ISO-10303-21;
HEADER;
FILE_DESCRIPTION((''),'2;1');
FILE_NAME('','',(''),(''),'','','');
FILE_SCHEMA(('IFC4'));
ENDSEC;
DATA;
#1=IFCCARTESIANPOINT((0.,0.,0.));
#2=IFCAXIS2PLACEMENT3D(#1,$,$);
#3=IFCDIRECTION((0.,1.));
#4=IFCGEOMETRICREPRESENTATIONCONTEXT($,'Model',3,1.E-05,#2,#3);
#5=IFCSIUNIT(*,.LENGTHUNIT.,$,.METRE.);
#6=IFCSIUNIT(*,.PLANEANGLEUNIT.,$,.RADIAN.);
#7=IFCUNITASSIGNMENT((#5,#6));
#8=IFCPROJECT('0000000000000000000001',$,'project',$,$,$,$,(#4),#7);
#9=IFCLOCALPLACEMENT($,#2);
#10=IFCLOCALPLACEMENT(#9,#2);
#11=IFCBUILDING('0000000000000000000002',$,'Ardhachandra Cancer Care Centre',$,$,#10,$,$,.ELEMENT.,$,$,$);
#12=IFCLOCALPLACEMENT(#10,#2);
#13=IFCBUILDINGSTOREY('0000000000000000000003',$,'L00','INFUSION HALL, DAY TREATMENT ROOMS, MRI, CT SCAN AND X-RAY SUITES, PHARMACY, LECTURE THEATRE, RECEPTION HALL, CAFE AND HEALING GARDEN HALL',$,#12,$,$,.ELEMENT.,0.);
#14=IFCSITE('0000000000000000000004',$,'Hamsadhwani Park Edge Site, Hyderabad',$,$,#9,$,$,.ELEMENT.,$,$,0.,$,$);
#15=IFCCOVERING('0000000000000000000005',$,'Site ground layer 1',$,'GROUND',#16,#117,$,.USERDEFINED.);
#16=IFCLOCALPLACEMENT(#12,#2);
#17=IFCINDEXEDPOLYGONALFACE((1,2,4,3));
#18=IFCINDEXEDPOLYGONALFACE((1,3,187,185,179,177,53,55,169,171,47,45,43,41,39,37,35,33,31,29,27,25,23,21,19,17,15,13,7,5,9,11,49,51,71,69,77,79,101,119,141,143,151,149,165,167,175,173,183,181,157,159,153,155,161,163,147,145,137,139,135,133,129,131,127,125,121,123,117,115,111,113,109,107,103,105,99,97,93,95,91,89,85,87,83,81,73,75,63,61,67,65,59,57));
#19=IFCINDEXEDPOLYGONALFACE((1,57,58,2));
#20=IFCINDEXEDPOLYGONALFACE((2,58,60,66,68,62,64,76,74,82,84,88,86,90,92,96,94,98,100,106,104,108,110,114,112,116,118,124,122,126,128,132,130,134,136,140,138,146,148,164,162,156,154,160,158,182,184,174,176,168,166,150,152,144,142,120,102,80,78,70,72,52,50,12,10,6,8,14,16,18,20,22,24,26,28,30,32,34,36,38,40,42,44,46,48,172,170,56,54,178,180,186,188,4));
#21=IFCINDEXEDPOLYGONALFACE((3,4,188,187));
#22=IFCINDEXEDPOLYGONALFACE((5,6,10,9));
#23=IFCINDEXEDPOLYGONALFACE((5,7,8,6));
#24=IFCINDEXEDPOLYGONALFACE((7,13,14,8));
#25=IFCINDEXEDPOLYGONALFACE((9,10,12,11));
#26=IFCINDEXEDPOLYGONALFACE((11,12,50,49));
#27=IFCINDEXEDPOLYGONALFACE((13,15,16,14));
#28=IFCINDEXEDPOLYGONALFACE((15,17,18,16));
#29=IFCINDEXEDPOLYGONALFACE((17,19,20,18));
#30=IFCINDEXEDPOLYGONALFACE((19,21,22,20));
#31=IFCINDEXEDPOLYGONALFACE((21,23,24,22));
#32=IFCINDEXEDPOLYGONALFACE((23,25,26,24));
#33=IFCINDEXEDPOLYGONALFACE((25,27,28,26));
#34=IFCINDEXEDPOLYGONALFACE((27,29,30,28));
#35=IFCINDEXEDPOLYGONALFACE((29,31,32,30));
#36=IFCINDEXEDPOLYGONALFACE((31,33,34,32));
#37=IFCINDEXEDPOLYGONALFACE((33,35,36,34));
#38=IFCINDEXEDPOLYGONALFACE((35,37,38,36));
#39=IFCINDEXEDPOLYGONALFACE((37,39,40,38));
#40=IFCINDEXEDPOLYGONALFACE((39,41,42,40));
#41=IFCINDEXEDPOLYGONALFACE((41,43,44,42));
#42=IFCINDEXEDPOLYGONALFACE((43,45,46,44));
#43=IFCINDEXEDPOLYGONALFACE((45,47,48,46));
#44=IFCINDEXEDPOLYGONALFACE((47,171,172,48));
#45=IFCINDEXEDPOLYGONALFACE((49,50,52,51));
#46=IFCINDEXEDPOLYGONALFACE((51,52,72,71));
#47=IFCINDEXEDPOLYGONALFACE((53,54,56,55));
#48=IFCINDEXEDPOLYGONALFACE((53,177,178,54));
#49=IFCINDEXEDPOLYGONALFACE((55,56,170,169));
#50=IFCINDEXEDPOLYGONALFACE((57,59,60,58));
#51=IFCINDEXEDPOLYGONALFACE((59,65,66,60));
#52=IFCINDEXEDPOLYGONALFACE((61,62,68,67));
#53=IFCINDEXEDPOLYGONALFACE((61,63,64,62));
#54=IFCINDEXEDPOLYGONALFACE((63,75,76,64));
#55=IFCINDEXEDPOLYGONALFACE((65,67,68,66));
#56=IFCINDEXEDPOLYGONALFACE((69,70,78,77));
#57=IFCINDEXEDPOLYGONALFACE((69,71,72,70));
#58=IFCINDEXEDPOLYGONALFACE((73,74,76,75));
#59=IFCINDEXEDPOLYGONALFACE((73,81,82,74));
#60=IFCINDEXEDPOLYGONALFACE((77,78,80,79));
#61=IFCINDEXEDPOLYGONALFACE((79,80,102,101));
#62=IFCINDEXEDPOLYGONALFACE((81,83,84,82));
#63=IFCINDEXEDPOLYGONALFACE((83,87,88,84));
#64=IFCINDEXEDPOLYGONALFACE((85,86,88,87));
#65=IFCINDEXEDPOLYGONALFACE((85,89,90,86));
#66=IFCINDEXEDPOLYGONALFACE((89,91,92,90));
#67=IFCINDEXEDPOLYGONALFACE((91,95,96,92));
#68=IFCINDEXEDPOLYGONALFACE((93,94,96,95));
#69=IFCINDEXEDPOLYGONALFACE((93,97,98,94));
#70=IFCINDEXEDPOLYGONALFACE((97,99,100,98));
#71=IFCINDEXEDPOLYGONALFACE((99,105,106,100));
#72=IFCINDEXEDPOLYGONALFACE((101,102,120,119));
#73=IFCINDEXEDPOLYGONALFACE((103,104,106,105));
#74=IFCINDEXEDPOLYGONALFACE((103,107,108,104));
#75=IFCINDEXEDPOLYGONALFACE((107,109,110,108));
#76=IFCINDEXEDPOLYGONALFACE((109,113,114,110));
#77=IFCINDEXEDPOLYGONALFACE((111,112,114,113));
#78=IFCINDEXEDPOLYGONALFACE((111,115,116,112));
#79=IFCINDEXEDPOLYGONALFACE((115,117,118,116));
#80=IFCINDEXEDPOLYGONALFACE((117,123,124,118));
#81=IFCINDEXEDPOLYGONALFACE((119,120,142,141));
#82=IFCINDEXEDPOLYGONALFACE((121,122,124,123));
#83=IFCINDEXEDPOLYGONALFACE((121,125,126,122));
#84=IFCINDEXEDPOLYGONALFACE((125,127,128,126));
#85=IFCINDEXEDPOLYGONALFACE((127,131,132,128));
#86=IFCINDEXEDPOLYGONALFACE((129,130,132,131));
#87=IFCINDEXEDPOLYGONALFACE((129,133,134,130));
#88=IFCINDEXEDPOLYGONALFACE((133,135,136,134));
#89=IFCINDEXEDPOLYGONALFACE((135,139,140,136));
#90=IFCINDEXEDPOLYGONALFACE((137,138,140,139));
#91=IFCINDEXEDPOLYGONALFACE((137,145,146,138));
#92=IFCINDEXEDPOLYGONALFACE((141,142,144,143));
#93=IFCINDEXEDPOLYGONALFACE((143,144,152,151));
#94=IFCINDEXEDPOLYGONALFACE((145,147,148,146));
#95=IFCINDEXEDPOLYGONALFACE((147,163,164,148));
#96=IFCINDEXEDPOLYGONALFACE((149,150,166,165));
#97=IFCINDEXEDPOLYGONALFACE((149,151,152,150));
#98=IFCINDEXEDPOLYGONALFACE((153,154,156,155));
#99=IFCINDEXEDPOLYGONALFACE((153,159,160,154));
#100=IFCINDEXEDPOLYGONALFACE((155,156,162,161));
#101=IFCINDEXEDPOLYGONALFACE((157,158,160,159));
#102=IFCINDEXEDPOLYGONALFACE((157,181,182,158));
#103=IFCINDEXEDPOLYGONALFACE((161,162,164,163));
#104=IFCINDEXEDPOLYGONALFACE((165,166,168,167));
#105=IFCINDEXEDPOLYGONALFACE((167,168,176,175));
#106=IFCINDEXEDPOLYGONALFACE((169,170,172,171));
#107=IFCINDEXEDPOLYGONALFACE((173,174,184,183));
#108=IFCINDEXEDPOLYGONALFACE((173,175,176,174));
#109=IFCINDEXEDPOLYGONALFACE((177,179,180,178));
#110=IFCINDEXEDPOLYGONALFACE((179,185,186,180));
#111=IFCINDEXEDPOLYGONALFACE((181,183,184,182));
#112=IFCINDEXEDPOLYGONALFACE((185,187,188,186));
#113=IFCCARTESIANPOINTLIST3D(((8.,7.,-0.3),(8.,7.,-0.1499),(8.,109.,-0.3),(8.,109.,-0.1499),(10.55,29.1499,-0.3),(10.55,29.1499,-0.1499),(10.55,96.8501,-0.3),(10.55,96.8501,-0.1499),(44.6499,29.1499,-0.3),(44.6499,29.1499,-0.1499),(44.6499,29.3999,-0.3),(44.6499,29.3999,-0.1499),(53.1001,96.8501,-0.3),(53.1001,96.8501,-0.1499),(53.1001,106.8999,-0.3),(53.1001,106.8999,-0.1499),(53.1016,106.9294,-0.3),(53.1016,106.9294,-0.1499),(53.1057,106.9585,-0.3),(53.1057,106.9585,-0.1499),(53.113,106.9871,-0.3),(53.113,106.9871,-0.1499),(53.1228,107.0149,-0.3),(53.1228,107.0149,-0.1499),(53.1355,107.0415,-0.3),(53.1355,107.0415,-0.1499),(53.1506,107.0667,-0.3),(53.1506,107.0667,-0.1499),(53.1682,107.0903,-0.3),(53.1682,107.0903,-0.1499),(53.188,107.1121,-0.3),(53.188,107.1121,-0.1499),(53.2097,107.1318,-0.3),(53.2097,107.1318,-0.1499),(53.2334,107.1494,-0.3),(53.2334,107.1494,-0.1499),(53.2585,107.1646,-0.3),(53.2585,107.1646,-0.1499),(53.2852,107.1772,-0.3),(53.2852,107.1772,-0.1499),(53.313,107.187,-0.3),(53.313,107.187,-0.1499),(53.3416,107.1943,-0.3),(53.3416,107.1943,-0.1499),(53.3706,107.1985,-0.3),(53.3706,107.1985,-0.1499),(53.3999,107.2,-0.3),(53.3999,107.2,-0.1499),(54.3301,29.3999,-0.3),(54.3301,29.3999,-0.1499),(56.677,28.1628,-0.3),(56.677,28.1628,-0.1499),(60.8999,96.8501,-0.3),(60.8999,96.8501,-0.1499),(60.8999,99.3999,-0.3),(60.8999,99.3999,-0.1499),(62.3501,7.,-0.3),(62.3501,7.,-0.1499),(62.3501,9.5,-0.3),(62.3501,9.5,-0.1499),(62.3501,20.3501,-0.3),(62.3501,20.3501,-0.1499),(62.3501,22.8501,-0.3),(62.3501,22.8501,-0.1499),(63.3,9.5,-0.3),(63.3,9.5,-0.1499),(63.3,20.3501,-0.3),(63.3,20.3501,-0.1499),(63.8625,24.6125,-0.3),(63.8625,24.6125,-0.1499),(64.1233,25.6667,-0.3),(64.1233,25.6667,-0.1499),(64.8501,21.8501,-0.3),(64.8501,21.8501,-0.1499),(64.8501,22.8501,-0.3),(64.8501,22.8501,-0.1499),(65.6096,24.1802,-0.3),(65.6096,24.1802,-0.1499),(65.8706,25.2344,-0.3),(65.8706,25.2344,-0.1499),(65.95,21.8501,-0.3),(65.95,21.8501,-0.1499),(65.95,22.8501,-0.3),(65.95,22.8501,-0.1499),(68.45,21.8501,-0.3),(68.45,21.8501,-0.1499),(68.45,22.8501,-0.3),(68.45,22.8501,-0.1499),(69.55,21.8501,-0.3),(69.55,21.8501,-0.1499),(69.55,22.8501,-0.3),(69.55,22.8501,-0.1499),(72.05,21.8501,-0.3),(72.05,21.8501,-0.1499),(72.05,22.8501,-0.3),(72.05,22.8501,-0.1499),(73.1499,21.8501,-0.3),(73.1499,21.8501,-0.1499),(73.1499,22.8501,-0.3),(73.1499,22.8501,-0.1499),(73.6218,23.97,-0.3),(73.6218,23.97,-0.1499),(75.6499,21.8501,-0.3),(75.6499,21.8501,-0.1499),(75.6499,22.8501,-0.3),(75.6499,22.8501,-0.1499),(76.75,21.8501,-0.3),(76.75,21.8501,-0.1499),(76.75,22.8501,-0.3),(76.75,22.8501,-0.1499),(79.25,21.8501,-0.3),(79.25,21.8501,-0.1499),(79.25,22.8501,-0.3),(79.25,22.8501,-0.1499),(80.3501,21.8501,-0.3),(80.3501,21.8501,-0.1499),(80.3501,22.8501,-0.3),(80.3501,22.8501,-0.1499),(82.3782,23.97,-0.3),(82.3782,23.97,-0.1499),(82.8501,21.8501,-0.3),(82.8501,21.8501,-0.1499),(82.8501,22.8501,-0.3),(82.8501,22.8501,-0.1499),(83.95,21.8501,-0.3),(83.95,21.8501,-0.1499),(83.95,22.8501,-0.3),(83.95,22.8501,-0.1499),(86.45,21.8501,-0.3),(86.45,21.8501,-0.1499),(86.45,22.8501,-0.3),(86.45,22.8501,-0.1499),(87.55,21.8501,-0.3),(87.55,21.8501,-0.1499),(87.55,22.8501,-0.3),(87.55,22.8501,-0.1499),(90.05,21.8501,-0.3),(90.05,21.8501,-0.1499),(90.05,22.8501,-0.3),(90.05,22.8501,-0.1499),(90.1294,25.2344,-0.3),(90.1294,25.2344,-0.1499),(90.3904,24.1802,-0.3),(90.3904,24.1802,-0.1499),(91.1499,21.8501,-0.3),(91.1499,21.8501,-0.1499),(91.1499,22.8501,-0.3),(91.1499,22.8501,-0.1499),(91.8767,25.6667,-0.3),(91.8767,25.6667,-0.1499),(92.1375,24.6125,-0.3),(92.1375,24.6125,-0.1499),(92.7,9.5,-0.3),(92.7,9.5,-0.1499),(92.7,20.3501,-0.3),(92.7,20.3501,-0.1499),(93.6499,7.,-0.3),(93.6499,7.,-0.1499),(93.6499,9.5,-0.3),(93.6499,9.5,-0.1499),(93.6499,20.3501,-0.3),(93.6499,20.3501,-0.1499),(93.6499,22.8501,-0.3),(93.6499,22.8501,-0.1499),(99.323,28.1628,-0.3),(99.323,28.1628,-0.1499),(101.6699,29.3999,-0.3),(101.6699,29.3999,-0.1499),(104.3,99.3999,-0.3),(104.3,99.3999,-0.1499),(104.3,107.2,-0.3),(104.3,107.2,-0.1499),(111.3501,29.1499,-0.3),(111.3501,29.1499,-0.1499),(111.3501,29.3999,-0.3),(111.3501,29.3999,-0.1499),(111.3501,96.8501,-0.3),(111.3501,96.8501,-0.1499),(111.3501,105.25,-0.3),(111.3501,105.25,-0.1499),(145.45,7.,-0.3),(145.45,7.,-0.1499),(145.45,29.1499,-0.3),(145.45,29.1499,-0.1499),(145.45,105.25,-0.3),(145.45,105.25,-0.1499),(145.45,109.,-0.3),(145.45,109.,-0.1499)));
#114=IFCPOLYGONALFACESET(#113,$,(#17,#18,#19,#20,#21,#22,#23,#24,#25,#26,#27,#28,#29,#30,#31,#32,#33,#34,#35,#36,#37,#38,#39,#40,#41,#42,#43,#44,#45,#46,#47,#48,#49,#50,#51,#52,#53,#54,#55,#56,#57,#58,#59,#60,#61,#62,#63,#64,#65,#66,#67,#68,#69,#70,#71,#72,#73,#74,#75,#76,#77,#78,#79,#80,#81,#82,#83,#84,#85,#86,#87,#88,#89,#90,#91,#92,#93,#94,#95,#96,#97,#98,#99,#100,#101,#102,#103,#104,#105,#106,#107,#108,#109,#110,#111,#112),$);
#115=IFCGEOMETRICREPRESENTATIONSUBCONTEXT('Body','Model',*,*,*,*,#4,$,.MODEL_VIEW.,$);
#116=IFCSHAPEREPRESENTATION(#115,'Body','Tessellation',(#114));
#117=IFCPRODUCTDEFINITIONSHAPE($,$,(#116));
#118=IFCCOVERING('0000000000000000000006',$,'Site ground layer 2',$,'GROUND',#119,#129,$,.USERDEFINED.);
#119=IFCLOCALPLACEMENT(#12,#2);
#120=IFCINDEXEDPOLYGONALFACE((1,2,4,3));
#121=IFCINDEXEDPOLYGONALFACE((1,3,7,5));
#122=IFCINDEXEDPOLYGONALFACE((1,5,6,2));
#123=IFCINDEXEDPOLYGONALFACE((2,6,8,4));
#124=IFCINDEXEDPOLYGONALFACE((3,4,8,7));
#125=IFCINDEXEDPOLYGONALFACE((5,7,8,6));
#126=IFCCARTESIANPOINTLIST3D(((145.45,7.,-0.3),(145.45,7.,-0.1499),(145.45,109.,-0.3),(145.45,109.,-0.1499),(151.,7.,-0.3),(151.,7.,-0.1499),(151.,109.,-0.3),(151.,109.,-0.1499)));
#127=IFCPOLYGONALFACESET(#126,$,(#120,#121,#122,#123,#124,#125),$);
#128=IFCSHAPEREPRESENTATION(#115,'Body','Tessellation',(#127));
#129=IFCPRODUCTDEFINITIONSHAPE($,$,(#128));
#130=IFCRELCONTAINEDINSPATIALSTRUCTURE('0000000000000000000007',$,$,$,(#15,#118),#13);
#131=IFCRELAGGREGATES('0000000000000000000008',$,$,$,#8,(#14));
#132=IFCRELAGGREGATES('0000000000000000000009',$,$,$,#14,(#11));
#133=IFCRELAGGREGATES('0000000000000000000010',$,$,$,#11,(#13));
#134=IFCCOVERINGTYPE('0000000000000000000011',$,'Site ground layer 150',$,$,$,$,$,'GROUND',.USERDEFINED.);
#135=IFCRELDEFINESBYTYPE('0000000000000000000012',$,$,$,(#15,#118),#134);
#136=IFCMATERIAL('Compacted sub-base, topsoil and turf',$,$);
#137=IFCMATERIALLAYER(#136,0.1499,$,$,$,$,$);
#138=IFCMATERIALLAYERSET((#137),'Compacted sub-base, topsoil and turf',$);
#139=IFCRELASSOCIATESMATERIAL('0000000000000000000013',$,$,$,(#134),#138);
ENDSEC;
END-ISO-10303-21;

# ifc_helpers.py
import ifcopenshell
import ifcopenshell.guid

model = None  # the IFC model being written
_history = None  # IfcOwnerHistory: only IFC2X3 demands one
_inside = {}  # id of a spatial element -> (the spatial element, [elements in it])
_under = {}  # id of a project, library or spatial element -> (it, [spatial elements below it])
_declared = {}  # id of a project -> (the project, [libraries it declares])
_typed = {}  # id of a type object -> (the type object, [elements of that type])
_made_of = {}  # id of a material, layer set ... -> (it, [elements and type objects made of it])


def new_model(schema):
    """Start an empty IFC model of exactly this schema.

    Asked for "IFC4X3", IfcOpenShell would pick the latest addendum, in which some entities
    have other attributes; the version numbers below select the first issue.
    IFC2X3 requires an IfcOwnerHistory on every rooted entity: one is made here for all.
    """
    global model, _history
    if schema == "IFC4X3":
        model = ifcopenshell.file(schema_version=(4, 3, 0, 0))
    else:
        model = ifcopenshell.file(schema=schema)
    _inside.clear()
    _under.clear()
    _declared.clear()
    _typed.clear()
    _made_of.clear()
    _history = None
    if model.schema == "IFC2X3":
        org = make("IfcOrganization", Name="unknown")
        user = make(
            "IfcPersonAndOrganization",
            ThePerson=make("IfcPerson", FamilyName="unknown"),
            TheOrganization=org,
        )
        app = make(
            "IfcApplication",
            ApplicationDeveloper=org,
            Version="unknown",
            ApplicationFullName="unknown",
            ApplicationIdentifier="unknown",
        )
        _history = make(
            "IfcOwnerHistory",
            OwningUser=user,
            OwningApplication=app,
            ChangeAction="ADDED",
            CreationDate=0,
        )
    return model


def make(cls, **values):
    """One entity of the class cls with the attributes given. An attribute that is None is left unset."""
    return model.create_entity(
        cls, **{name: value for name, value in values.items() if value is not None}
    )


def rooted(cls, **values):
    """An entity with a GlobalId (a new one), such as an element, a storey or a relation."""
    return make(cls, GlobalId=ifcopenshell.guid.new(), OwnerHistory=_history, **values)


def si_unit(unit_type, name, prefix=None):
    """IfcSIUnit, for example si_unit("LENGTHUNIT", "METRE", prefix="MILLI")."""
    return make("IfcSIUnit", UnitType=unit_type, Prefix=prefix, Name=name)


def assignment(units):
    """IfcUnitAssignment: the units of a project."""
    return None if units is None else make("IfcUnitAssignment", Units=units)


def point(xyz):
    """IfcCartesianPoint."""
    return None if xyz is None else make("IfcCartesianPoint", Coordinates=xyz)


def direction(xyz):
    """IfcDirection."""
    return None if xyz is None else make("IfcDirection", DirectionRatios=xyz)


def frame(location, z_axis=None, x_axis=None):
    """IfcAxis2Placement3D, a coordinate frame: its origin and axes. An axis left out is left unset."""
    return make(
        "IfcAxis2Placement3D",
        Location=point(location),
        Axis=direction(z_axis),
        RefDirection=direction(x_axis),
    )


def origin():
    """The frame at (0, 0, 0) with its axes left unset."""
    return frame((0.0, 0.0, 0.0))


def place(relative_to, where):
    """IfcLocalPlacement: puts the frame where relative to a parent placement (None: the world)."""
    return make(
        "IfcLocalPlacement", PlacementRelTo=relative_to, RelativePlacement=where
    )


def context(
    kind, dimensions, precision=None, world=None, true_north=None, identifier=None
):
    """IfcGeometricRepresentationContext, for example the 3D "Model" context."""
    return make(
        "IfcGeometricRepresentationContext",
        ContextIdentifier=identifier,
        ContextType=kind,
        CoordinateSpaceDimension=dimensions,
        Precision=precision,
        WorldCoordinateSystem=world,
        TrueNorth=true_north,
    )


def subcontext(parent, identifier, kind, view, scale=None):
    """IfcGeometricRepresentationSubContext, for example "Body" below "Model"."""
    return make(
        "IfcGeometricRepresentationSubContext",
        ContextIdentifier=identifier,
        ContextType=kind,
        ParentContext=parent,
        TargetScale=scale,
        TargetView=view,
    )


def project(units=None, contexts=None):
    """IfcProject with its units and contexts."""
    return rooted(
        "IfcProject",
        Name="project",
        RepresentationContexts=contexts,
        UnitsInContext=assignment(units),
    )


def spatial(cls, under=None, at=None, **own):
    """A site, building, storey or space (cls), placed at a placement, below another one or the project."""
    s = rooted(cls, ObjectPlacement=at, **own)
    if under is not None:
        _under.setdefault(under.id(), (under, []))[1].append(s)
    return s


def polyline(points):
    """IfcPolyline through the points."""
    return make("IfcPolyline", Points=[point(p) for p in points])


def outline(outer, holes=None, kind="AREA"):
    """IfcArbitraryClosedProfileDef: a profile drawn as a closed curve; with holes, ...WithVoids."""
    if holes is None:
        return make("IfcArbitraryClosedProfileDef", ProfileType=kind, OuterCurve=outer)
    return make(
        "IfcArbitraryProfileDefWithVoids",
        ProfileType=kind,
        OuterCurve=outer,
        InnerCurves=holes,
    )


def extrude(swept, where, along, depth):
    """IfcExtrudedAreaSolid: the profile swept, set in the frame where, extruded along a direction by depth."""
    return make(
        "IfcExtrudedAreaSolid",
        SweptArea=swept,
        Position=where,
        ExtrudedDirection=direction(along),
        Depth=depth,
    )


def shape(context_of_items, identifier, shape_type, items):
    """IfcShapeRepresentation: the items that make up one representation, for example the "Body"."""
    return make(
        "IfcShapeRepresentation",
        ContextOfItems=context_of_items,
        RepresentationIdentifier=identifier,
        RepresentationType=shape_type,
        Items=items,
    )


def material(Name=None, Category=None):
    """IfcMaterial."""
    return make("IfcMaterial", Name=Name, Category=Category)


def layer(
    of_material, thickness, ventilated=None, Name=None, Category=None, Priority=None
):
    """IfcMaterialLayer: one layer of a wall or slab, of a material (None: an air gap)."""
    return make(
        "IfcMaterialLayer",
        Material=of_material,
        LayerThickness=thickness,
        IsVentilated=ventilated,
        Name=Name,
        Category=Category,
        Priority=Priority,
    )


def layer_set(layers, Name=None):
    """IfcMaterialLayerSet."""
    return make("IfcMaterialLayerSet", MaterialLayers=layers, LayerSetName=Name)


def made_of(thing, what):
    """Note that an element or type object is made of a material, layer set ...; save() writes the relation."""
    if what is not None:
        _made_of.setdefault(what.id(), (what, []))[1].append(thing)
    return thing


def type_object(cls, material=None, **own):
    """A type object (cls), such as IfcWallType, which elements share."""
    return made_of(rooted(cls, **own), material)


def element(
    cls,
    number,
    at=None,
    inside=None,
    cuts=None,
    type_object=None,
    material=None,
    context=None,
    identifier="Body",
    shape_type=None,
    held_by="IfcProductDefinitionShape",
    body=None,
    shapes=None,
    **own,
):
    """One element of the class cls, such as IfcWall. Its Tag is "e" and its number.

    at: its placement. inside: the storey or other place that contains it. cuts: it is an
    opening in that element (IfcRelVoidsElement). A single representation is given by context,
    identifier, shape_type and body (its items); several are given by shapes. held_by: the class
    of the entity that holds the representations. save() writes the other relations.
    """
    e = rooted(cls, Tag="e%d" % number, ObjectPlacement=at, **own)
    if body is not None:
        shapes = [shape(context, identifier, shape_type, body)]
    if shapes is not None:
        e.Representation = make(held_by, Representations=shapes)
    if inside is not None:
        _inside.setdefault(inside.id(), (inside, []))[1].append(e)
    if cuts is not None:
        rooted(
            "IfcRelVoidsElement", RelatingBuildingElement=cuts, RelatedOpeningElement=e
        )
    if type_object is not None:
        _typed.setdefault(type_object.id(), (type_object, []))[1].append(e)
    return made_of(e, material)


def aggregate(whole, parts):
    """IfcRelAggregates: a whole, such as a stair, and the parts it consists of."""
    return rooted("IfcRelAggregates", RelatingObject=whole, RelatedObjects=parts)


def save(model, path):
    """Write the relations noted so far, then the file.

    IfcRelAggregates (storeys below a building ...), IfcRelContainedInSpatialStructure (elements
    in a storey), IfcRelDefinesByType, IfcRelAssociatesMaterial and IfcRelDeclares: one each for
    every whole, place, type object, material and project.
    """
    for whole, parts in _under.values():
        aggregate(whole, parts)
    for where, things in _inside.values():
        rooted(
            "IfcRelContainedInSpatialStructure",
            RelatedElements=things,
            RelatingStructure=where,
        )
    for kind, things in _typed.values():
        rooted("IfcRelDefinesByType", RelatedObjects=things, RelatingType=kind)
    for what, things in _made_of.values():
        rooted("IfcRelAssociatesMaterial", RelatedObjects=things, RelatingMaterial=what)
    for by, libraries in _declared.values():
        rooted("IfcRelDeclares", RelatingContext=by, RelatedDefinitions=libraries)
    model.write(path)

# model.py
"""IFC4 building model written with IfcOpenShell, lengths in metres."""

from ifc_helpers import new_model, si_unit, direction, frame, origin, place, context, subcontext, project, spatial, polyline, outline, extrude, material, layer, layer_set, type_object, element, save


model = new_model("IFC4")

# Units and contexts
model_context = context("Model", 3, precision=1e-05, world=origin(), true_north=direction((0.0, 1.0)))
body_context = subcontext(model_context, "Body", "Model", "MODEL_VIEW")
ifc_project = project(units=[si_unit("LENGTHUNIT", "METRE"), si_unit("PLANEANGLEUNIT", "RADIAN")], contexts=[model_context])

# Site, building, storey
site_placement = place(None, origin())
site = spatial("IfcSite", under=ifc_project, at=site_placement, Name="Hamsadhwani Park Edge Site, Hyderabad", CompositionType="ELEMENT", RefElevation=0.0)
building_placement = place(site_placement, origin())
building = spatial("IfcBuilding", under=site, at=building_placement, Name="Ardhachandra Cancer Care Centre", CompositionType="ELEMENT")
storey_placement = place(building_placement, origin())
storey = spatial("IfcBuildingStorey", under=building, at=storey_placement, Name="L00", Description="INFUSION HALL, DAY TREATMENT ROOMS, MRI, CT SCAN AND X-RAY SUITES, PHARMACY, LECTURE THEATRE, RECEPTION HALL, CAFE AND HEALING GARDEN HALL", CompositionType="ELEMENT", Elevation=0.0)

# Coverings
ifc_material_1 = material(Name="Compacted sub-base, topsoil and turf")
ifc_layer_1 = layer(ifc_material_1, 0.1499)
ifc_layer_set_1 = layer_set([ifc_layer_1], Name="Compacted sub-base, topsoil and turf")
covering_type_1 = type_object("IfcCoveringType", Name="Site ground layer 150", ElementType="GROUND", PredefinedType="USERDEFINED", material=ifc_layer_set_1)
covering_1_placement = place(storey_placement, frame((0.0, 0.0, -0.3)))
element("IfcCovering", 1, at=covering_1_placement, inside=storey, type_object=covering_type_1, Name="Site ground layer 1", ObjectType="GROUND", PredefinedType="USERDEFINED", context=body_context, shape_type="SweptSolid", body=[
    extrude(outline(polyline([(145.45, 7.0), (145.45, 29.1499), (111.3501, 29.1499), (111.3501, 29.3999), (101.6699, 29.3999), (99.323, 28.1628), (91.8767, 25.6667), (92.1375, 24.6125), (90.3904, 24.1802), (90.1294, 25.2344), (82.3782, 23.97), (73.6218, 23.97), (65.8706, 25.2344), (65.6096, 24.1802), (63.8625, 24.6125), (64.1233, 25.6667), (56.677, 28.1628), (54.3301, 29.3999), (44.6499, 29.3999), (44.6499, 29.1499), (10.55, 29.1499), (10.55, 96.8501), (53.1001, 96.8501), (53.1001, 106.8999), (53.1016, 106.9294), (53.1057, 106.9585), (53.113, 106.9871), (53.1228, 107.0149), (53.1355, 107.0415), (53.1506, 107.0667), (53.1682, 107.0903), (53.188, 107.1121), (53.2097, 107.1318), (53.2334, 107.1494), (53.2585, 107.1646), (53.2852, 107.1772), (53.313, 107.187), (53.3416, 107.1943), (53.3706, 107.1985), (53.3999, 107.2), (104.3, 107.2), (104.3, 99.3999), (60.8999, 99.3999), (60.8999, 96.8501), (111.3501, 96.8501), (111.3501, 105.25), (145.45, 105.25), (145.45, 109.0), (8.0, 109.0), (8.0, 7.0), (62.3501, 7.0), (62.3501, 9.5), (63.3, 9.5), (63.3, 20.3501), (62.3501, 20.3501), (62.3501, 22.8501), (64.8501, 22.8501), (64.8501, 21.8501), (65.95, 21.8501), (65.95, 22.8501), (68.45, 22.8501), (68.45, 21.8501), (69.55, 21.8501), (69.55, 22.8501), (72.05, 22.8501), (72.05, 21.8501), (73.1499, 21.8501), (73.1499, 22.8501), (75.6499, 22.8501), (75.6499, 21.8501), (76.75, 21.8501), (76.75, 22.8501), (79.25, 22.8501), (79.25, 21.8501), (80.3501, 21.8501), (80.3501, 22.8501), (82.8501, 22.8501), (82.8501, 21.8501), (83.95, 21.8501), (83.95, 22.8501), (86.45, 22.8501), (86.45, 21.8501), (87.55, 21.8501), (87.55, 22.8501), (90.05, 22.8501), (90.05, 21.8501), (91.1499, 21.8501), (91.1499, 22.8501), (93.6499, 22.8501), (93.6499, 20.3501), (92.7, 20.3501), (92.7, 9.5), (93.6499, 9.5), (93.6499, 7.0), (145.45, 7.0)])), origin(), (0.0, 0.0, 1.0), 0.1501),
])
covering_2_placement = place(storey_placement, frame((0.0, 0.0, -0.3)))
element("IfcCovering", 2, at=covering_2_placement, inside=storey, type_object=covering_type_1, Name="Site ground layer 2", ObjectType="GROUND", PredefinedType="USERDEFINED", context=body_context, shape_type="SweptSolid", body=[
    extrude(outline(polyline([(151.0, 7.0), (151.0, 109.0), (145.45, 109.0), (145.45, 7.0), (151.0, 7.0)])), origin(), (0.0, 0.0, 1.0), 0.1501),
])

save(model, "model.ifc")
